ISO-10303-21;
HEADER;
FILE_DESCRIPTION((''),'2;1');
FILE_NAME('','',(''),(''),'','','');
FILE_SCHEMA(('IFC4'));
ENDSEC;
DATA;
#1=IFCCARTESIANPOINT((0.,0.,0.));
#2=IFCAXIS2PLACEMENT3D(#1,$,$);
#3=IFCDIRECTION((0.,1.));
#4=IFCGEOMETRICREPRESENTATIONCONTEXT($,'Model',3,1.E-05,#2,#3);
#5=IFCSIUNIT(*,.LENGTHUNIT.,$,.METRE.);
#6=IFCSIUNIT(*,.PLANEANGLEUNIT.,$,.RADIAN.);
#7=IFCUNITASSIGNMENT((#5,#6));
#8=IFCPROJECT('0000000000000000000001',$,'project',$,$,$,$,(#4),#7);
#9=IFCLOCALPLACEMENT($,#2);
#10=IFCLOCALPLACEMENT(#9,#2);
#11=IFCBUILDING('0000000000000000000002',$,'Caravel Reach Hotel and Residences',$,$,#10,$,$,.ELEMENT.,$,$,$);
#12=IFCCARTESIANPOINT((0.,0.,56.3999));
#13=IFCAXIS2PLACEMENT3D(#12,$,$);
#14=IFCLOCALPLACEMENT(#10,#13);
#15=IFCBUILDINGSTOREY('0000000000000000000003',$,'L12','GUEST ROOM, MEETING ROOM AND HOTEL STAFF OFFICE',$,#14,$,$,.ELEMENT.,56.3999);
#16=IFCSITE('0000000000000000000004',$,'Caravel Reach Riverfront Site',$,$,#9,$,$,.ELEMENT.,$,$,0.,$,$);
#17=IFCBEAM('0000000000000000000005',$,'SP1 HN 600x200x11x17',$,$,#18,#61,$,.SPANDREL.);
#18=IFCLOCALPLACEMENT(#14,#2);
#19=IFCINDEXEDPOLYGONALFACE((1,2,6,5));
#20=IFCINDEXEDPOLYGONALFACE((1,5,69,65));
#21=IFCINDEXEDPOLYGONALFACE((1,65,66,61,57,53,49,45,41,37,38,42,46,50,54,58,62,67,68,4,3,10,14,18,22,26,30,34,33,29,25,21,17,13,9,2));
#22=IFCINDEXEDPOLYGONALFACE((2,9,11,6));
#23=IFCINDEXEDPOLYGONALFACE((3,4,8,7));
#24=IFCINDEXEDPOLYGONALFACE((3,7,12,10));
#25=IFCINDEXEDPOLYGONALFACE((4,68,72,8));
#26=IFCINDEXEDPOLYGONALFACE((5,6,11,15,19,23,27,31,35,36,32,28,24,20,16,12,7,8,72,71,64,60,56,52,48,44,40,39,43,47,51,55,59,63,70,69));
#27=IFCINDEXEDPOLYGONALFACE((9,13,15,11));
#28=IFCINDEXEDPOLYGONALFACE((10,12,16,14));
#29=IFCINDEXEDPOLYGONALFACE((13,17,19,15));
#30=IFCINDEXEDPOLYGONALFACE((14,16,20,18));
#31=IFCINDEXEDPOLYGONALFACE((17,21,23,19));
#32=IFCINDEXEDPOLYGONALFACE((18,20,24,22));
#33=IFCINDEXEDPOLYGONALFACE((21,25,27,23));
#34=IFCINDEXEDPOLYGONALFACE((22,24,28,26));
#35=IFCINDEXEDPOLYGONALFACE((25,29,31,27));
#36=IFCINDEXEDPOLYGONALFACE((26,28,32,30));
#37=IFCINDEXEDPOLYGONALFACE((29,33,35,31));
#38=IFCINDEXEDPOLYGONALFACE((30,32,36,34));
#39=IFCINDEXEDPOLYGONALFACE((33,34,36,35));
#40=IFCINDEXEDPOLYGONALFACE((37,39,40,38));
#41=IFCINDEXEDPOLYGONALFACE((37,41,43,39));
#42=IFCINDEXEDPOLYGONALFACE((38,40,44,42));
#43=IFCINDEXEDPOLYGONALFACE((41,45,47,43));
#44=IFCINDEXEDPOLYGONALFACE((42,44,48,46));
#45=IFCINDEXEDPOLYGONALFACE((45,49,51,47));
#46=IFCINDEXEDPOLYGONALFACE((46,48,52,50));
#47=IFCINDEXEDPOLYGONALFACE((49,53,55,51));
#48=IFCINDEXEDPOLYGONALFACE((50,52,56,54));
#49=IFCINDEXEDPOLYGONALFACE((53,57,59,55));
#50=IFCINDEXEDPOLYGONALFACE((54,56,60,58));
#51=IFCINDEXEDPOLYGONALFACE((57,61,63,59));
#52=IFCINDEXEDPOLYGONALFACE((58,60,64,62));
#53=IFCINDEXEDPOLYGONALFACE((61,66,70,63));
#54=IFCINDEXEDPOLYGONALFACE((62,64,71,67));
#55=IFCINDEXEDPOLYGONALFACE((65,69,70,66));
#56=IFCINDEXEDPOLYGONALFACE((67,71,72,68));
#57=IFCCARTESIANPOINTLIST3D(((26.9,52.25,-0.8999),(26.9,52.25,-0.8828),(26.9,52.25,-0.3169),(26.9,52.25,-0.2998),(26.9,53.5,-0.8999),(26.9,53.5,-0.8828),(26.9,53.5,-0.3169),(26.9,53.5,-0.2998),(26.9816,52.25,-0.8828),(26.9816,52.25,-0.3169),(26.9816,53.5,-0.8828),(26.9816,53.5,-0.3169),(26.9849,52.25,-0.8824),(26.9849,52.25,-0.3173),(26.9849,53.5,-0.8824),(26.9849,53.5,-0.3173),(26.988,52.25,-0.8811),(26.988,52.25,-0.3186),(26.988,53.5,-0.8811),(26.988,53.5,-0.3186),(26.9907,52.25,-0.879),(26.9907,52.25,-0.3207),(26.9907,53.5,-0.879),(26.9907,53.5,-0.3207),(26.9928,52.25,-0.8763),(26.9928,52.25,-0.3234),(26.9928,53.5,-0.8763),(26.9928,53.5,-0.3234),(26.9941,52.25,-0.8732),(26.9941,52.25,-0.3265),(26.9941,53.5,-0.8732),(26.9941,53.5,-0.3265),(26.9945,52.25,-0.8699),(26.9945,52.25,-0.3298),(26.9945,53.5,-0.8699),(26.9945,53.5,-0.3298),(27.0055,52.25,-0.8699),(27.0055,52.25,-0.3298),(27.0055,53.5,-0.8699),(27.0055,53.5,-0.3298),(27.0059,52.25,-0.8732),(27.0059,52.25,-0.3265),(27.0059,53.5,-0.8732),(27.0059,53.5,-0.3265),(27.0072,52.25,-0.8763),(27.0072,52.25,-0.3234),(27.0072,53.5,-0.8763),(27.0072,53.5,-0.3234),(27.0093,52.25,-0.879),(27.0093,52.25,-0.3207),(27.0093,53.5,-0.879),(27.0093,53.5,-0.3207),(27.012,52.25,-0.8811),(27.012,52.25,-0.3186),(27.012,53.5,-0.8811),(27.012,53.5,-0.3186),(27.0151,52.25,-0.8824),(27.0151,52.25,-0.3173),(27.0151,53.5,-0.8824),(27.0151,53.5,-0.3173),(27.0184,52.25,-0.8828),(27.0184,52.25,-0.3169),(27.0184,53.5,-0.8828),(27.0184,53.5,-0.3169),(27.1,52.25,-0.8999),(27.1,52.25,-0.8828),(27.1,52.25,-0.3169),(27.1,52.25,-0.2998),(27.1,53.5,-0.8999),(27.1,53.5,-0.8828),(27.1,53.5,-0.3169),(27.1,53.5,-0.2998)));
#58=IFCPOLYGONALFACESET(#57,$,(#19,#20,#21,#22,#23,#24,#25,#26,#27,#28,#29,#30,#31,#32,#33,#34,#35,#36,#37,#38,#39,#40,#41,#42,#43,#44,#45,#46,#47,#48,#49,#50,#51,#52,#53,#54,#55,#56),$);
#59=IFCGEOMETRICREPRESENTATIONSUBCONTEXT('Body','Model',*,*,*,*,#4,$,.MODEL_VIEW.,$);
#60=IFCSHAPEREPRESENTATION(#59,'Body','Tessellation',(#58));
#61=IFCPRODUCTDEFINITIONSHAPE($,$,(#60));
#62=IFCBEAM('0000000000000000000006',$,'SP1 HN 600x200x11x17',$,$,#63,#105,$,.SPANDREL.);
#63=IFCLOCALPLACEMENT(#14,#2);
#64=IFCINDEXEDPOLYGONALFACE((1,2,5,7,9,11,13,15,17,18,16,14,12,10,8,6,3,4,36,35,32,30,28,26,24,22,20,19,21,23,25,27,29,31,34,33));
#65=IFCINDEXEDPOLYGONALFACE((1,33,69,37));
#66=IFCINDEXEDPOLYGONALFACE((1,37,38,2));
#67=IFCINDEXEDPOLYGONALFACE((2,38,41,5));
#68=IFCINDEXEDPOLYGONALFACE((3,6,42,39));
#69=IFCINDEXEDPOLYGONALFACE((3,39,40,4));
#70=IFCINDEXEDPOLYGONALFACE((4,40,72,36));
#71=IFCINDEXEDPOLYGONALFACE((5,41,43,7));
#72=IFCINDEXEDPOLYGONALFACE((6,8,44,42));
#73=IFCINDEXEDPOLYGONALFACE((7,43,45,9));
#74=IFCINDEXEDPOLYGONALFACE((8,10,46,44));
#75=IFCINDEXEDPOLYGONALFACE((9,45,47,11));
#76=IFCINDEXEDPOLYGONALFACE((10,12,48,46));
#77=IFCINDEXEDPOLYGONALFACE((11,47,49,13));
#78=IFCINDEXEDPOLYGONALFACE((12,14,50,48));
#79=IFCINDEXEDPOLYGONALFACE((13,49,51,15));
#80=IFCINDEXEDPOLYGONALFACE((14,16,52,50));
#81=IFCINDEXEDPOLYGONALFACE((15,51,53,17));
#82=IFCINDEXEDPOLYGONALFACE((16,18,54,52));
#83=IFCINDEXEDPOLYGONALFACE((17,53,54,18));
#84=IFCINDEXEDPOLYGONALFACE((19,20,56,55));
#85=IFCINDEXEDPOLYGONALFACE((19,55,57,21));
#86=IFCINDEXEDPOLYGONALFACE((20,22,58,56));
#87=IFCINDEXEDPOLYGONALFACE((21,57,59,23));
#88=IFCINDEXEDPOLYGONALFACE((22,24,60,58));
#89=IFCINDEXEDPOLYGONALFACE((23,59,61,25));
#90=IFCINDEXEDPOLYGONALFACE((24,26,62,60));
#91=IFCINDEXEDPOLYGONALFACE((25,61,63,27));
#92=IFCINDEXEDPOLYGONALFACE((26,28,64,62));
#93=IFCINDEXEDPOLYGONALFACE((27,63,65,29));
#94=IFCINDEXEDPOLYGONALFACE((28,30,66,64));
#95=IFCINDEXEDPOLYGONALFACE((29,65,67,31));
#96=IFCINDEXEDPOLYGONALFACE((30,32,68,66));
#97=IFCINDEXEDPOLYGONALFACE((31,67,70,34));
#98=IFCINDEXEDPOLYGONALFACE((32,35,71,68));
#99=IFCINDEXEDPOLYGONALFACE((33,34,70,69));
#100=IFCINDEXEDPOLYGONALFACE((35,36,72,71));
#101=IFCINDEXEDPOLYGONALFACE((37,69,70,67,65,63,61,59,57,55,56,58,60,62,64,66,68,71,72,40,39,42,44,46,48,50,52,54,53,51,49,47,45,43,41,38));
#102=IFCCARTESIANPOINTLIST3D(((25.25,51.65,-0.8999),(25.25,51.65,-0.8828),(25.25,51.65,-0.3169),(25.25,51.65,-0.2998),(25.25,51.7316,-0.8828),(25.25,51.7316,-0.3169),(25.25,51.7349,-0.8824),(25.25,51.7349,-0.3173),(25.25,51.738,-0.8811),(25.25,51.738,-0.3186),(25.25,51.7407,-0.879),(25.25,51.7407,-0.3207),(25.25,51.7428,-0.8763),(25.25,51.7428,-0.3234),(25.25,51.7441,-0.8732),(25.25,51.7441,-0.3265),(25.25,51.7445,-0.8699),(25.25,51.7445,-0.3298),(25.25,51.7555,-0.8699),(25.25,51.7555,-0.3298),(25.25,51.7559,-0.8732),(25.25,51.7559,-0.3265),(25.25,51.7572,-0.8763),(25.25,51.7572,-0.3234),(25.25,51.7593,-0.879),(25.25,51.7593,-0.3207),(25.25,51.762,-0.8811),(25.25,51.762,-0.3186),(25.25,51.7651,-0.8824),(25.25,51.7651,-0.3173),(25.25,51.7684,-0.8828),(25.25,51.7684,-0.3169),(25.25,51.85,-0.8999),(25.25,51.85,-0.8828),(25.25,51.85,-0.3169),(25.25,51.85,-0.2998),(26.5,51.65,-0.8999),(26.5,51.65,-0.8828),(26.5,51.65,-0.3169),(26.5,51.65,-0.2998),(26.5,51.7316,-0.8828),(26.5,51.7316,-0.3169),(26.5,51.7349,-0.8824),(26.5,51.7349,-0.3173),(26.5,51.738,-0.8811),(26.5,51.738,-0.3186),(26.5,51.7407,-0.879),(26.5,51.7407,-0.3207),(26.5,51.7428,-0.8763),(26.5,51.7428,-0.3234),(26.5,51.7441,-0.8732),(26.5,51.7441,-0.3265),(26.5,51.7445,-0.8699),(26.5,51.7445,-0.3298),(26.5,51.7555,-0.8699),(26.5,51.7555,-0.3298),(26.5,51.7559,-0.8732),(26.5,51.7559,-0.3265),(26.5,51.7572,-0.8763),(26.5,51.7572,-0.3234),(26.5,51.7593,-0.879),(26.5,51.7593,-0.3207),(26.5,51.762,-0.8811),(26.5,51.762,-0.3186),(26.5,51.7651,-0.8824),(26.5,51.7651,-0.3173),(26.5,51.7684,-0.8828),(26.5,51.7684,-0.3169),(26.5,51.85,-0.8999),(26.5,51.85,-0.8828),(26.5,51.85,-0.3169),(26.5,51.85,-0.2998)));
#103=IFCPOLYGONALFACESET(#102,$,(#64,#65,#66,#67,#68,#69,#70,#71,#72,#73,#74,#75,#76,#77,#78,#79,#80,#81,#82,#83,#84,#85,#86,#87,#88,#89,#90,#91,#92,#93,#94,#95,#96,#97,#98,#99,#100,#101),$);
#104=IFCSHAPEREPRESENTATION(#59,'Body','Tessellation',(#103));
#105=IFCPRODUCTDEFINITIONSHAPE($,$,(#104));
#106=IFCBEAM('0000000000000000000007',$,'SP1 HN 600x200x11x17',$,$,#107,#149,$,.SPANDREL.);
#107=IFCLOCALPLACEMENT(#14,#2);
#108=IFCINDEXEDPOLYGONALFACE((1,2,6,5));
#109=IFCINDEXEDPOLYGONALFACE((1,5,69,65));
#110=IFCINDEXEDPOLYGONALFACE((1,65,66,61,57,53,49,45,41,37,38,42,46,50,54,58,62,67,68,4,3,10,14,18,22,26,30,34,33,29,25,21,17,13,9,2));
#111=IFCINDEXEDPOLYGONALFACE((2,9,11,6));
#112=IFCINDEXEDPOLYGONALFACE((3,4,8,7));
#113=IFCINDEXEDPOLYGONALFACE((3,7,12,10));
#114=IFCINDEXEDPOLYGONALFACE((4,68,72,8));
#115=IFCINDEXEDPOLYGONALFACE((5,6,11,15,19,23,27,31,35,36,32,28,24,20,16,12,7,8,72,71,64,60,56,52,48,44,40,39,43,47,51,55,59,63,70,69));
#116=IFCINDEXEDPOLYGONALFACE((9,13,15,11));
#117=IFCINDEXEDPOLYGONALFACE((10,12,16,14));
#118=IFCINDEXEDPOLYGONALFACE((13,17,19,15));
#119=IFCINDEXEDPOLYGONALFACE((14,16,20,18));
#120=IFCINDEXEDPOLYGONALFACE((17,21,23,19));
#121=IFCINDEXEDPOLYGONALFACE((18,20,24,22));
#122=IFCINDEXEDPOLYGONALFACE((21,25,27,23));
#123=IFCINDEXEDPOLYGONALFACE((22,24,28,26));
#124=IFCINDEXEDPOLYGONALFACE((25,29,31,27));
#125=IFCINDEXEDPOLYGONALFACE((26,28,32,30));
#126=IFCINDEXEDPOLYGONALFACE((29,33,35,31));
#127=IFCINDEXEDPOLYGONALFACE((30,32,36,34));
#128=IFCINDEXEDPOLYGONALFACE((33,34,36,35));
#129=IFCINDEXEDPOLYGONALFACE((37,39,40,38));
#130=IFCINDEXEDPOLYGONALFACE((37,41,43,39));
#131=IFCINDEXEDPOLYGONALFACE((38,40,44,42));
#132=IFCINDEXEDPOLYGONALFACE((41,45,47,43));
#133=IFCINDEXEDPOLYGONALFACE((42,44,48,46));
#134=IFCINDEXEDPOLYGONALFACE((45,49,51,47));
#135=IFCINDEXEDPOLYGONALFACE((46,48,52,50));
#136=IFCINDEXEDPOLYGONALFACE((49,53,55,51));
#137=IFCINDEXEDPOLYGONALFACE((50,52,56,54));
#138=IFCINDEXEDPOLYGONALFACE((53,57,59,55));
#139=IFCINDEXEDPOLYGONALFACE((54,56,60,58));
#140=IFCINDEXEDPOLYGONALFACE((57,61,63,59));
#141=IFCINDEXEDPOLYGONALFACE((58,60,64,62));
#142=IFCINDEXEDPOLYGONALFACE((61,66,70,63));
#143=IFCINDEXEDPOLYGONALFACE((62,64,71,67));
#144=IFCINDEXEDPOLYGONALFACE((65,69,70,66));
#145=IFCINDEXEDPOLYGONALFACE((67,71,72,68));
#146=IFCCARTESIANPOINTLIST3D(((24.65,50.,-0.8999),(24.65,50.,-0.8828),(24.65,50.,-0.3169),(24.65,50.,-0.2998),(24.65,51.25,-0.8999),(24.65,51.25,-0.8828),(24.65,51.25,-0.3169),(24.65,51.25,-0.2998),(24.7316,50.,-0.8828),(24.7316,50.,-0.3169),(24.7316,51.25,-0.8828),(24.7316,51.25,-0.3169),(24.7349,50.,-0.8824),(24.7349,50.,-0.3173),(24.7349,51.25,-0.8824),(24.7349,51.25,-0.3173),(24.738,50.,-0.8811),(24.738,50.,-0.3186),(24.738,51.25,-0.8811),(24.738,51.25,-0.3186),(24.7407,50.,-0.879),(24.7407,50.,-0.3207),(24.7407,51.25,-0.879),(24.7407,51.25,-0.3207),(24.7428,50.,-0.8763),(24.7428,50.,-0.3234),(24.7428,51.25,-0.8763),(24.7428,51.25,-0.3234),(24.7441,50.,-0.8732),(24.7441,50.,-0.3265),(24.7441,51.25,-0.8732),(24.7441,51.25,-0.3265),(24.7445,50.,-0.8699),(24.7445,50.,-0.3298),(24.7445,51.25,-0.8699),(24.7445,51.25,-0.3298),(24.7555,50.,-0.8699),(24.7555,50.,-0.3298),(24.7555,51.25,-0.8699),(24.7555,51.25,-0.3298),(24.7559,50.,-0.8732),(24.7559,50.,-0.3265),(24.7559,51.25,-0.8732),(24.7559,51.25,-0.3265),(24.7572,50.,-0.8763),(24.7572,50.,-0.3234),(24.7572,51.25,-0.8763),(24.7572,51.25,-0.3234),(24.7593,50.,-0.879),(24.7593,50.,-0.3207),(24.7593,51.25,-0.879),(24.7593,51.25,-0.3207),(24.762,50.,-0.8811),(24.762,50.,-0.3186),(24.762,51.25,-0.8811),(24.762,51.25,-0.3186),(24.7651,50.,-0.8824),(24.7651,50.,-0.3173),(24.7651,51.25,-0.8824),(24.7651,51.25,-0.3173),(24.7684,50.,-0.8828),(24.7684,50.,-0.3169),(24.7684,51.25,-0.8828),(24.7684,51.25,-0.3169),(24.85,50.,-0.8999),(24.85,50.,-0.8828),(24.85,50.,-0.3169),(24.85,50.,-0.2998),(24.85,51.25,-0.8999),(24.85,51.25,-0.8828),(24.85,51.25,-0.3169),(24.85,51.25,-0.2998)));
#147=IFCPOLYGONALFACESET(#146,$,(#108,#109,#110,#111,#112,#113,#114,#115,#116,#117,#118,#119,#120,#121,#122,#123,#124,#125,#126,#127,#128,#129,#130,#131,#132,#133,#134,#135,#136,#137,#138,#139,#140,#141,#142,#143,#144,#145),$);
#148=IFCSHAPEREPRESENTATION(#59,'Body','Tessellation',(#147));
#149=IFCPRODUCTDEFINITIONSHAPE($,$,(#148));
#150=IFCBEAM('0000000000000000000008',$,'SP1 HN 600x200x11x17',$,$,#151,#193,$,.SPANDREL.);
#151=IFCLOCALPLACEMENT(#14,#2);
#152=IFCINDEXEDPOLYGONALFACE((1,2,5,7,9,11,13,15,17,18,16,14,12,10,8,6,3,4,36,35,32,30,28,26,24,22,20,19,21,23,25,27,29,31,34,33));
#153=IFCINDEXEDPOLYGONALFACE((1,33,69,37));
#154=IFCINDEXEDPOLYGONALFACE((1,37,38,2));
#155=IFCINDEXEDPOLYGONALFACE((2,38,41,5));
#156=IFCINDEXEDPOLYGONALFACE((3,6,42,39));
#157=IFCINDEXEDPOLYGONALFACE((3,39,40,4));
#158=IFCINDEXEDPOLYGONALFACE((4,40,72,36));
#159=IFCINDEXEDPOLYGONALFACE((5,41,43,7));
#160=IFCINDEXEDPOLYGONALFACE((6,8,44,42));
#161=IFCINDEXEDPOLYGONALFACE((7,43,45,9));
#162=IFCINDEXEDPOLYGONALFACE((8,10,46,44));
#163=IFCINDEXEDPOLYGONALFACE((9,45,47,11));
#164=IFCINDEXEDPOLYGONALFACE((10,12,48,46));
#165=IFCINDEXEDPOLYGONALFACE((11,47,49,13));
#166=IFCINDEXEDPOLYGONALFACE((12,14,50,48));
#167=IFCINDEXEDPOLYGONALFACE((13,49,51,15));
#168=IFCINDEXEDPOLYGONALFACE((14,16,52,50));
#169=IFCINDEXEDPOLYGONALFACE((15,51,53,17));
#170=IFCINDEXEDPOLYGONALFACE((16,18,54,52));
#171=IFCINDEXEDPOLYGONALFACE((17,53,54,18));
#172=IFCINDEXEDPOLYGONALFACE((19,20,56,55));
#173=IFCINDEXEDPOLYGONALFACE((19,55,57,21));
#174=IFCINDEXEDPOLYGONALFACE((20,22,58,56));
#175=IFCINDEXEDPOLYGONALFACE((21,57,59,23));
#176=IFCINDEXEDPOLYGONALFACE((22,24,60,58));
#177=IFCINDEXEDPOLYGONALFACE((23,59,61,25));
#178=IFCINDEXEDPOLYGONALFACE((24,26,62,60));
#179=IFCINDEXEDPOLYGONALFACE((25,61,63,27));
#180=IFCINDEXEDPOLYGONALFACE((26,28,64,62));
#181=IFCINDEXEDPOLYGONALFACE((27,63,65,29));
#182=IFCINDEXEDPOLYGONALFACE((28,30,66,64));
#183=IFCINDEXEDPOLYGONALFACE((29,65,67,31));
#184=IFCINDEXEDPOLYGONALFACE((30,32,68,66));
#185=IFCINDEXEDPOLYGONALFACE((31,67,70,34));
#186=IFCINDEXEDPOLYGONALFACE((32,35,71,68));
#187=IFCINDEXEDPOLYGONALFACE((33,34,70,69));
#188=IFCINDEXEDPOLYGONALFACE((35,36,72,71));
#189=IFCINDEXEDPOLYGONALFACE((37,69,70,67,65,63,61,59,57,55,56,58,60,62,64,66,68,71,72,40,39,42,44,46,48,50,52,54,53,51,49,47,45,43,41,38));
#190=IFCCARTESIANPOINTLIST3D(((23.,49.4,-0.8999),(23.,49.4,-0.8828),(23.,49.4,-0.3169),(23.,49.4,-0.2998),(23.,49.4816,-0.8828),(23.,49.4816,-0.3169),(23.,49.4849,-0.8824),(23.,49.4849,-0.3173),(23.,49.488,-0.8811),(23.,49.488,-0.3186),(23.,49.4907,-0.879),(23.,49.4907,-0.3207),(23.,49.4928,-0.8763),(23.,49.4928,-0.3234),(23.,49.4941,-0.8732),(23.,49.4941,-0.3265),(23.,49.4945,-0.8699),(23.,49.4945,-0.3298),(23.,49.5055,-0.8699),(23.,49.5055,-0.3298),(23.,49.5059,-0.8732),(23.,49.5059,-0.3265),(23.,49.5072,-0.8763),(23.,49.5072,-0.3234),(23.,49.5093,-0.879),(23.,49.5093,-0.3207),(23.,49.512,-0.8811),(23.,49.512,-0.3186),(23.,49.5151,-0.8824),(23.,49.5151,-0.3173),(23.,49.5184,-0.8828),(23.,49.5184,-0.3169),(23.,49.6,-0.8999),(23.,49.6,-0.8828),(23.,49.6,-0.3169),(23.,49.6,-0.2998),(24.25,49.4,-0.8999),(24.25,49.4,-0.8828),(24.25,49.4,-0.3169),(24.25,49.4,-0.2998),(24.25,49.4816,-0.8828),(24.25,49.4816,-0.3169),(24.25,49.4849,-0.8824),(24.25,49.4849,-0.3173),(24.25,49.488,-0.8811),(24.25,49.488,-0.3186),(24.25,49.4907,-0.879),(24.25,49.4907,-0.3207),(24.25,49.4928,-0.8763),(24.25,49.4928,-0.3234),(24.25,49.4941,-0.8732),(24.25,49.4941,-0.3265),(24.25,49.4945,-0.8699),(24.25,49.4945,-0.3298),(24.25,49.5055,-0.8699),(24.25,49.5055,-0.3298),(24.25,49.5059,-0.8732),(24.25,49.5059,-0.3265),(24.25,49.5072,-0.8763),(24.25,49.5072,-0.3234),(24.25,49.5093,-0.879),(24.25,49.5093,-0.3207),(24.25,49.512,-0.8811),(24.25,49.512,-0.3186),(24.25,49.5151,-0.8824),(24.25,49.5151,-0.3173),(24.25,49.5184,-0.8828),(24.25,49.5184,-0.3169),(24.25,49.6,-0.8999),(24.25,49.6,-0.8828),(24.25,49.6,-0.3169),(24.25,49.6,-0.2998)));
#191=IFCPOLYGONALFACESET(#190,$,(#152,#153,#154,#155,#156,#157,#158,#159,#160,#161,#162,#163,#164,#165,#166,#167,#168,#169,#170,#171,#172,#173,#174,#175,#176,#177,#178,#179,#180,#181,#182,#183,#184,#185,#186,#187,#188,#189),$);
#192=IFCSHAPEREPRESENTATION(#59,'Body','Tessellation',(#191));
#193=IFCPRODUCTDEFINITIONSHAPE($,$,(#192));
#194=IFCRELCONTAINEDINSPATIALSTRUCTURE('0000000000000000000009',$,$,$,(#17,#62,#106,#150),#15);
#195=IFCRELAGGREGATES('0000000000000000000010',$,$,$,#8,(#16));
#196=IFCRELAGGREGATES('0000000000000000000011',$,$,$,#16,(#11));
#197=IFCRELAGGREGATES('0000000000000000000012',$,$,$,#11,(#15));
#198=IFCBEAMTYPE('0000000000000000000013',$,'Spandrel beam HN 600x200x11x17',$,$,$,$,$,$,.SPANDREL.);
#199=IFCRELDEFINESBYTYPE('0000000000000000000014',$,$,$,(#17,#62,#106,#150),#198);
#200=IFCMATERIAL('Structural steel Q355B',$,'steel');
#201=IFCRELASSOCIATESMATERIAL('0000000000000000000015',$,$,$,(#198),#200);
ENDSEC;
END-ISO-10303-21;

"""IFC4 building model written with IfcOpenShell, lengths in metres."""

from ifc_helpers import new_model, si_unit, direction, frame, origin, origin_2d, place, context, subcontext, project, spatial, i_section, extrude, material, material_profile, profile_set, type_object, element, save


model = new_model("IFC4")

# Units and contexts
model_context = context("Model", 3, precision=1e-05, world=origin(), true_north=direction((0.0, 1.0)))
body_context = subcontext(model_context, "Body", "Model", "MODEL_VIEW")
ifc_project = project(units=[si_unit("LENGTHUNIT", "METRE"), si_unit("PLANEANGLEUNIT", "RADIAN")], contexts=[model_context])

# Site, building, storey
site_placement = place(None, origin())
site = spatial("IfcSite", under=ifc_project, at=site_placement, Name="Caravel Reach Riverfront Site", CompositionType="ELEMENT", RefElevation=0.0)
building_placement = place(site_placement, origin())
building = spatial("IfcBuilding", under=site, at=building_placement, Name="Caravel Reach Hotel and Residences", CompositionType="ELEMENT")
storey_placement = place(building_placement, frame((0.0, 0.0, 56.3999)))
storey = spatial("IfcBuildingStorey", under=building, at=storey_placement, Name="L12", Description="GUEST ROOM, MEETING ROOM AND HOTEL STAFF OFFICE", CompositionType="ELEMENT", Elevation=56.3999)

# Beams
ifc_material_1 = material(Name="Structural steel Q355B", Category="steel")
ifc_material_profile_1 = material_profile(ifc_material_1, i_section(OverallWidth=0.2, OverallDepth=0.6001, WebThickness=0.011, FlangeThickness=0.0171, FilletRadius=0.0129, at=origin_2d()), Name="HN 600x200x11x17")
ifc_profile_set_1 = profile_set([ifc_material_profile_1], Name="Structural steel Q355B")
beam_type_1 = type_object("IfcBeamType", Name="Spandrel beam HN 600x200x11x17", PredefinedType="SPANDREL", material=ifc_profile_set_1)
for number, where, z_axis, x_axis, name in (
    (1, (27.0, 53.5, -0.5999), (0.0, -1.0, 0.0), (1.0, 0.0, 0.0), "SP1 HN 600x200x11x17"),
    (2, (26.5, 51.75, -0.5999), (-1.0, 0.0, 0.0), (0.0, -1.0, 0.0), "SP1 HN 600x200x11x17"),
    (3, (24.75, 51.25, -0.5999), (0.0, -1.0, 0.0), (1.0, 0.0, 0.0), "SP1 HN 600x200x11x17"),
    (4, (24.25, 49.5, -0.5999), (-1.0, 0.0, 0.0), (0.0, -1.0, 0.0), "SP1 HN 600x200x11x17"),
):
    element("IfcBeam", number, at=place(storey_placement, frame(where, z_axis=z_axis, x_axis=x_axis)), inside=storey, type_object=beam_type_1, Name=name, PredefinedType="SPANDREL", context=body_context, shape_type="SweptSolid", body=[
        extrude(i_section(OverallWidth=0.2, OverallDepth=0.6001, WebThickness=0.011, FlangeThickness=0.0171, FilletRadius=0.0129, at=origin_2d()), origin(), (0.0, 0.0, 1.0), 1.25),
    ])

save(model, "model.ifc")
